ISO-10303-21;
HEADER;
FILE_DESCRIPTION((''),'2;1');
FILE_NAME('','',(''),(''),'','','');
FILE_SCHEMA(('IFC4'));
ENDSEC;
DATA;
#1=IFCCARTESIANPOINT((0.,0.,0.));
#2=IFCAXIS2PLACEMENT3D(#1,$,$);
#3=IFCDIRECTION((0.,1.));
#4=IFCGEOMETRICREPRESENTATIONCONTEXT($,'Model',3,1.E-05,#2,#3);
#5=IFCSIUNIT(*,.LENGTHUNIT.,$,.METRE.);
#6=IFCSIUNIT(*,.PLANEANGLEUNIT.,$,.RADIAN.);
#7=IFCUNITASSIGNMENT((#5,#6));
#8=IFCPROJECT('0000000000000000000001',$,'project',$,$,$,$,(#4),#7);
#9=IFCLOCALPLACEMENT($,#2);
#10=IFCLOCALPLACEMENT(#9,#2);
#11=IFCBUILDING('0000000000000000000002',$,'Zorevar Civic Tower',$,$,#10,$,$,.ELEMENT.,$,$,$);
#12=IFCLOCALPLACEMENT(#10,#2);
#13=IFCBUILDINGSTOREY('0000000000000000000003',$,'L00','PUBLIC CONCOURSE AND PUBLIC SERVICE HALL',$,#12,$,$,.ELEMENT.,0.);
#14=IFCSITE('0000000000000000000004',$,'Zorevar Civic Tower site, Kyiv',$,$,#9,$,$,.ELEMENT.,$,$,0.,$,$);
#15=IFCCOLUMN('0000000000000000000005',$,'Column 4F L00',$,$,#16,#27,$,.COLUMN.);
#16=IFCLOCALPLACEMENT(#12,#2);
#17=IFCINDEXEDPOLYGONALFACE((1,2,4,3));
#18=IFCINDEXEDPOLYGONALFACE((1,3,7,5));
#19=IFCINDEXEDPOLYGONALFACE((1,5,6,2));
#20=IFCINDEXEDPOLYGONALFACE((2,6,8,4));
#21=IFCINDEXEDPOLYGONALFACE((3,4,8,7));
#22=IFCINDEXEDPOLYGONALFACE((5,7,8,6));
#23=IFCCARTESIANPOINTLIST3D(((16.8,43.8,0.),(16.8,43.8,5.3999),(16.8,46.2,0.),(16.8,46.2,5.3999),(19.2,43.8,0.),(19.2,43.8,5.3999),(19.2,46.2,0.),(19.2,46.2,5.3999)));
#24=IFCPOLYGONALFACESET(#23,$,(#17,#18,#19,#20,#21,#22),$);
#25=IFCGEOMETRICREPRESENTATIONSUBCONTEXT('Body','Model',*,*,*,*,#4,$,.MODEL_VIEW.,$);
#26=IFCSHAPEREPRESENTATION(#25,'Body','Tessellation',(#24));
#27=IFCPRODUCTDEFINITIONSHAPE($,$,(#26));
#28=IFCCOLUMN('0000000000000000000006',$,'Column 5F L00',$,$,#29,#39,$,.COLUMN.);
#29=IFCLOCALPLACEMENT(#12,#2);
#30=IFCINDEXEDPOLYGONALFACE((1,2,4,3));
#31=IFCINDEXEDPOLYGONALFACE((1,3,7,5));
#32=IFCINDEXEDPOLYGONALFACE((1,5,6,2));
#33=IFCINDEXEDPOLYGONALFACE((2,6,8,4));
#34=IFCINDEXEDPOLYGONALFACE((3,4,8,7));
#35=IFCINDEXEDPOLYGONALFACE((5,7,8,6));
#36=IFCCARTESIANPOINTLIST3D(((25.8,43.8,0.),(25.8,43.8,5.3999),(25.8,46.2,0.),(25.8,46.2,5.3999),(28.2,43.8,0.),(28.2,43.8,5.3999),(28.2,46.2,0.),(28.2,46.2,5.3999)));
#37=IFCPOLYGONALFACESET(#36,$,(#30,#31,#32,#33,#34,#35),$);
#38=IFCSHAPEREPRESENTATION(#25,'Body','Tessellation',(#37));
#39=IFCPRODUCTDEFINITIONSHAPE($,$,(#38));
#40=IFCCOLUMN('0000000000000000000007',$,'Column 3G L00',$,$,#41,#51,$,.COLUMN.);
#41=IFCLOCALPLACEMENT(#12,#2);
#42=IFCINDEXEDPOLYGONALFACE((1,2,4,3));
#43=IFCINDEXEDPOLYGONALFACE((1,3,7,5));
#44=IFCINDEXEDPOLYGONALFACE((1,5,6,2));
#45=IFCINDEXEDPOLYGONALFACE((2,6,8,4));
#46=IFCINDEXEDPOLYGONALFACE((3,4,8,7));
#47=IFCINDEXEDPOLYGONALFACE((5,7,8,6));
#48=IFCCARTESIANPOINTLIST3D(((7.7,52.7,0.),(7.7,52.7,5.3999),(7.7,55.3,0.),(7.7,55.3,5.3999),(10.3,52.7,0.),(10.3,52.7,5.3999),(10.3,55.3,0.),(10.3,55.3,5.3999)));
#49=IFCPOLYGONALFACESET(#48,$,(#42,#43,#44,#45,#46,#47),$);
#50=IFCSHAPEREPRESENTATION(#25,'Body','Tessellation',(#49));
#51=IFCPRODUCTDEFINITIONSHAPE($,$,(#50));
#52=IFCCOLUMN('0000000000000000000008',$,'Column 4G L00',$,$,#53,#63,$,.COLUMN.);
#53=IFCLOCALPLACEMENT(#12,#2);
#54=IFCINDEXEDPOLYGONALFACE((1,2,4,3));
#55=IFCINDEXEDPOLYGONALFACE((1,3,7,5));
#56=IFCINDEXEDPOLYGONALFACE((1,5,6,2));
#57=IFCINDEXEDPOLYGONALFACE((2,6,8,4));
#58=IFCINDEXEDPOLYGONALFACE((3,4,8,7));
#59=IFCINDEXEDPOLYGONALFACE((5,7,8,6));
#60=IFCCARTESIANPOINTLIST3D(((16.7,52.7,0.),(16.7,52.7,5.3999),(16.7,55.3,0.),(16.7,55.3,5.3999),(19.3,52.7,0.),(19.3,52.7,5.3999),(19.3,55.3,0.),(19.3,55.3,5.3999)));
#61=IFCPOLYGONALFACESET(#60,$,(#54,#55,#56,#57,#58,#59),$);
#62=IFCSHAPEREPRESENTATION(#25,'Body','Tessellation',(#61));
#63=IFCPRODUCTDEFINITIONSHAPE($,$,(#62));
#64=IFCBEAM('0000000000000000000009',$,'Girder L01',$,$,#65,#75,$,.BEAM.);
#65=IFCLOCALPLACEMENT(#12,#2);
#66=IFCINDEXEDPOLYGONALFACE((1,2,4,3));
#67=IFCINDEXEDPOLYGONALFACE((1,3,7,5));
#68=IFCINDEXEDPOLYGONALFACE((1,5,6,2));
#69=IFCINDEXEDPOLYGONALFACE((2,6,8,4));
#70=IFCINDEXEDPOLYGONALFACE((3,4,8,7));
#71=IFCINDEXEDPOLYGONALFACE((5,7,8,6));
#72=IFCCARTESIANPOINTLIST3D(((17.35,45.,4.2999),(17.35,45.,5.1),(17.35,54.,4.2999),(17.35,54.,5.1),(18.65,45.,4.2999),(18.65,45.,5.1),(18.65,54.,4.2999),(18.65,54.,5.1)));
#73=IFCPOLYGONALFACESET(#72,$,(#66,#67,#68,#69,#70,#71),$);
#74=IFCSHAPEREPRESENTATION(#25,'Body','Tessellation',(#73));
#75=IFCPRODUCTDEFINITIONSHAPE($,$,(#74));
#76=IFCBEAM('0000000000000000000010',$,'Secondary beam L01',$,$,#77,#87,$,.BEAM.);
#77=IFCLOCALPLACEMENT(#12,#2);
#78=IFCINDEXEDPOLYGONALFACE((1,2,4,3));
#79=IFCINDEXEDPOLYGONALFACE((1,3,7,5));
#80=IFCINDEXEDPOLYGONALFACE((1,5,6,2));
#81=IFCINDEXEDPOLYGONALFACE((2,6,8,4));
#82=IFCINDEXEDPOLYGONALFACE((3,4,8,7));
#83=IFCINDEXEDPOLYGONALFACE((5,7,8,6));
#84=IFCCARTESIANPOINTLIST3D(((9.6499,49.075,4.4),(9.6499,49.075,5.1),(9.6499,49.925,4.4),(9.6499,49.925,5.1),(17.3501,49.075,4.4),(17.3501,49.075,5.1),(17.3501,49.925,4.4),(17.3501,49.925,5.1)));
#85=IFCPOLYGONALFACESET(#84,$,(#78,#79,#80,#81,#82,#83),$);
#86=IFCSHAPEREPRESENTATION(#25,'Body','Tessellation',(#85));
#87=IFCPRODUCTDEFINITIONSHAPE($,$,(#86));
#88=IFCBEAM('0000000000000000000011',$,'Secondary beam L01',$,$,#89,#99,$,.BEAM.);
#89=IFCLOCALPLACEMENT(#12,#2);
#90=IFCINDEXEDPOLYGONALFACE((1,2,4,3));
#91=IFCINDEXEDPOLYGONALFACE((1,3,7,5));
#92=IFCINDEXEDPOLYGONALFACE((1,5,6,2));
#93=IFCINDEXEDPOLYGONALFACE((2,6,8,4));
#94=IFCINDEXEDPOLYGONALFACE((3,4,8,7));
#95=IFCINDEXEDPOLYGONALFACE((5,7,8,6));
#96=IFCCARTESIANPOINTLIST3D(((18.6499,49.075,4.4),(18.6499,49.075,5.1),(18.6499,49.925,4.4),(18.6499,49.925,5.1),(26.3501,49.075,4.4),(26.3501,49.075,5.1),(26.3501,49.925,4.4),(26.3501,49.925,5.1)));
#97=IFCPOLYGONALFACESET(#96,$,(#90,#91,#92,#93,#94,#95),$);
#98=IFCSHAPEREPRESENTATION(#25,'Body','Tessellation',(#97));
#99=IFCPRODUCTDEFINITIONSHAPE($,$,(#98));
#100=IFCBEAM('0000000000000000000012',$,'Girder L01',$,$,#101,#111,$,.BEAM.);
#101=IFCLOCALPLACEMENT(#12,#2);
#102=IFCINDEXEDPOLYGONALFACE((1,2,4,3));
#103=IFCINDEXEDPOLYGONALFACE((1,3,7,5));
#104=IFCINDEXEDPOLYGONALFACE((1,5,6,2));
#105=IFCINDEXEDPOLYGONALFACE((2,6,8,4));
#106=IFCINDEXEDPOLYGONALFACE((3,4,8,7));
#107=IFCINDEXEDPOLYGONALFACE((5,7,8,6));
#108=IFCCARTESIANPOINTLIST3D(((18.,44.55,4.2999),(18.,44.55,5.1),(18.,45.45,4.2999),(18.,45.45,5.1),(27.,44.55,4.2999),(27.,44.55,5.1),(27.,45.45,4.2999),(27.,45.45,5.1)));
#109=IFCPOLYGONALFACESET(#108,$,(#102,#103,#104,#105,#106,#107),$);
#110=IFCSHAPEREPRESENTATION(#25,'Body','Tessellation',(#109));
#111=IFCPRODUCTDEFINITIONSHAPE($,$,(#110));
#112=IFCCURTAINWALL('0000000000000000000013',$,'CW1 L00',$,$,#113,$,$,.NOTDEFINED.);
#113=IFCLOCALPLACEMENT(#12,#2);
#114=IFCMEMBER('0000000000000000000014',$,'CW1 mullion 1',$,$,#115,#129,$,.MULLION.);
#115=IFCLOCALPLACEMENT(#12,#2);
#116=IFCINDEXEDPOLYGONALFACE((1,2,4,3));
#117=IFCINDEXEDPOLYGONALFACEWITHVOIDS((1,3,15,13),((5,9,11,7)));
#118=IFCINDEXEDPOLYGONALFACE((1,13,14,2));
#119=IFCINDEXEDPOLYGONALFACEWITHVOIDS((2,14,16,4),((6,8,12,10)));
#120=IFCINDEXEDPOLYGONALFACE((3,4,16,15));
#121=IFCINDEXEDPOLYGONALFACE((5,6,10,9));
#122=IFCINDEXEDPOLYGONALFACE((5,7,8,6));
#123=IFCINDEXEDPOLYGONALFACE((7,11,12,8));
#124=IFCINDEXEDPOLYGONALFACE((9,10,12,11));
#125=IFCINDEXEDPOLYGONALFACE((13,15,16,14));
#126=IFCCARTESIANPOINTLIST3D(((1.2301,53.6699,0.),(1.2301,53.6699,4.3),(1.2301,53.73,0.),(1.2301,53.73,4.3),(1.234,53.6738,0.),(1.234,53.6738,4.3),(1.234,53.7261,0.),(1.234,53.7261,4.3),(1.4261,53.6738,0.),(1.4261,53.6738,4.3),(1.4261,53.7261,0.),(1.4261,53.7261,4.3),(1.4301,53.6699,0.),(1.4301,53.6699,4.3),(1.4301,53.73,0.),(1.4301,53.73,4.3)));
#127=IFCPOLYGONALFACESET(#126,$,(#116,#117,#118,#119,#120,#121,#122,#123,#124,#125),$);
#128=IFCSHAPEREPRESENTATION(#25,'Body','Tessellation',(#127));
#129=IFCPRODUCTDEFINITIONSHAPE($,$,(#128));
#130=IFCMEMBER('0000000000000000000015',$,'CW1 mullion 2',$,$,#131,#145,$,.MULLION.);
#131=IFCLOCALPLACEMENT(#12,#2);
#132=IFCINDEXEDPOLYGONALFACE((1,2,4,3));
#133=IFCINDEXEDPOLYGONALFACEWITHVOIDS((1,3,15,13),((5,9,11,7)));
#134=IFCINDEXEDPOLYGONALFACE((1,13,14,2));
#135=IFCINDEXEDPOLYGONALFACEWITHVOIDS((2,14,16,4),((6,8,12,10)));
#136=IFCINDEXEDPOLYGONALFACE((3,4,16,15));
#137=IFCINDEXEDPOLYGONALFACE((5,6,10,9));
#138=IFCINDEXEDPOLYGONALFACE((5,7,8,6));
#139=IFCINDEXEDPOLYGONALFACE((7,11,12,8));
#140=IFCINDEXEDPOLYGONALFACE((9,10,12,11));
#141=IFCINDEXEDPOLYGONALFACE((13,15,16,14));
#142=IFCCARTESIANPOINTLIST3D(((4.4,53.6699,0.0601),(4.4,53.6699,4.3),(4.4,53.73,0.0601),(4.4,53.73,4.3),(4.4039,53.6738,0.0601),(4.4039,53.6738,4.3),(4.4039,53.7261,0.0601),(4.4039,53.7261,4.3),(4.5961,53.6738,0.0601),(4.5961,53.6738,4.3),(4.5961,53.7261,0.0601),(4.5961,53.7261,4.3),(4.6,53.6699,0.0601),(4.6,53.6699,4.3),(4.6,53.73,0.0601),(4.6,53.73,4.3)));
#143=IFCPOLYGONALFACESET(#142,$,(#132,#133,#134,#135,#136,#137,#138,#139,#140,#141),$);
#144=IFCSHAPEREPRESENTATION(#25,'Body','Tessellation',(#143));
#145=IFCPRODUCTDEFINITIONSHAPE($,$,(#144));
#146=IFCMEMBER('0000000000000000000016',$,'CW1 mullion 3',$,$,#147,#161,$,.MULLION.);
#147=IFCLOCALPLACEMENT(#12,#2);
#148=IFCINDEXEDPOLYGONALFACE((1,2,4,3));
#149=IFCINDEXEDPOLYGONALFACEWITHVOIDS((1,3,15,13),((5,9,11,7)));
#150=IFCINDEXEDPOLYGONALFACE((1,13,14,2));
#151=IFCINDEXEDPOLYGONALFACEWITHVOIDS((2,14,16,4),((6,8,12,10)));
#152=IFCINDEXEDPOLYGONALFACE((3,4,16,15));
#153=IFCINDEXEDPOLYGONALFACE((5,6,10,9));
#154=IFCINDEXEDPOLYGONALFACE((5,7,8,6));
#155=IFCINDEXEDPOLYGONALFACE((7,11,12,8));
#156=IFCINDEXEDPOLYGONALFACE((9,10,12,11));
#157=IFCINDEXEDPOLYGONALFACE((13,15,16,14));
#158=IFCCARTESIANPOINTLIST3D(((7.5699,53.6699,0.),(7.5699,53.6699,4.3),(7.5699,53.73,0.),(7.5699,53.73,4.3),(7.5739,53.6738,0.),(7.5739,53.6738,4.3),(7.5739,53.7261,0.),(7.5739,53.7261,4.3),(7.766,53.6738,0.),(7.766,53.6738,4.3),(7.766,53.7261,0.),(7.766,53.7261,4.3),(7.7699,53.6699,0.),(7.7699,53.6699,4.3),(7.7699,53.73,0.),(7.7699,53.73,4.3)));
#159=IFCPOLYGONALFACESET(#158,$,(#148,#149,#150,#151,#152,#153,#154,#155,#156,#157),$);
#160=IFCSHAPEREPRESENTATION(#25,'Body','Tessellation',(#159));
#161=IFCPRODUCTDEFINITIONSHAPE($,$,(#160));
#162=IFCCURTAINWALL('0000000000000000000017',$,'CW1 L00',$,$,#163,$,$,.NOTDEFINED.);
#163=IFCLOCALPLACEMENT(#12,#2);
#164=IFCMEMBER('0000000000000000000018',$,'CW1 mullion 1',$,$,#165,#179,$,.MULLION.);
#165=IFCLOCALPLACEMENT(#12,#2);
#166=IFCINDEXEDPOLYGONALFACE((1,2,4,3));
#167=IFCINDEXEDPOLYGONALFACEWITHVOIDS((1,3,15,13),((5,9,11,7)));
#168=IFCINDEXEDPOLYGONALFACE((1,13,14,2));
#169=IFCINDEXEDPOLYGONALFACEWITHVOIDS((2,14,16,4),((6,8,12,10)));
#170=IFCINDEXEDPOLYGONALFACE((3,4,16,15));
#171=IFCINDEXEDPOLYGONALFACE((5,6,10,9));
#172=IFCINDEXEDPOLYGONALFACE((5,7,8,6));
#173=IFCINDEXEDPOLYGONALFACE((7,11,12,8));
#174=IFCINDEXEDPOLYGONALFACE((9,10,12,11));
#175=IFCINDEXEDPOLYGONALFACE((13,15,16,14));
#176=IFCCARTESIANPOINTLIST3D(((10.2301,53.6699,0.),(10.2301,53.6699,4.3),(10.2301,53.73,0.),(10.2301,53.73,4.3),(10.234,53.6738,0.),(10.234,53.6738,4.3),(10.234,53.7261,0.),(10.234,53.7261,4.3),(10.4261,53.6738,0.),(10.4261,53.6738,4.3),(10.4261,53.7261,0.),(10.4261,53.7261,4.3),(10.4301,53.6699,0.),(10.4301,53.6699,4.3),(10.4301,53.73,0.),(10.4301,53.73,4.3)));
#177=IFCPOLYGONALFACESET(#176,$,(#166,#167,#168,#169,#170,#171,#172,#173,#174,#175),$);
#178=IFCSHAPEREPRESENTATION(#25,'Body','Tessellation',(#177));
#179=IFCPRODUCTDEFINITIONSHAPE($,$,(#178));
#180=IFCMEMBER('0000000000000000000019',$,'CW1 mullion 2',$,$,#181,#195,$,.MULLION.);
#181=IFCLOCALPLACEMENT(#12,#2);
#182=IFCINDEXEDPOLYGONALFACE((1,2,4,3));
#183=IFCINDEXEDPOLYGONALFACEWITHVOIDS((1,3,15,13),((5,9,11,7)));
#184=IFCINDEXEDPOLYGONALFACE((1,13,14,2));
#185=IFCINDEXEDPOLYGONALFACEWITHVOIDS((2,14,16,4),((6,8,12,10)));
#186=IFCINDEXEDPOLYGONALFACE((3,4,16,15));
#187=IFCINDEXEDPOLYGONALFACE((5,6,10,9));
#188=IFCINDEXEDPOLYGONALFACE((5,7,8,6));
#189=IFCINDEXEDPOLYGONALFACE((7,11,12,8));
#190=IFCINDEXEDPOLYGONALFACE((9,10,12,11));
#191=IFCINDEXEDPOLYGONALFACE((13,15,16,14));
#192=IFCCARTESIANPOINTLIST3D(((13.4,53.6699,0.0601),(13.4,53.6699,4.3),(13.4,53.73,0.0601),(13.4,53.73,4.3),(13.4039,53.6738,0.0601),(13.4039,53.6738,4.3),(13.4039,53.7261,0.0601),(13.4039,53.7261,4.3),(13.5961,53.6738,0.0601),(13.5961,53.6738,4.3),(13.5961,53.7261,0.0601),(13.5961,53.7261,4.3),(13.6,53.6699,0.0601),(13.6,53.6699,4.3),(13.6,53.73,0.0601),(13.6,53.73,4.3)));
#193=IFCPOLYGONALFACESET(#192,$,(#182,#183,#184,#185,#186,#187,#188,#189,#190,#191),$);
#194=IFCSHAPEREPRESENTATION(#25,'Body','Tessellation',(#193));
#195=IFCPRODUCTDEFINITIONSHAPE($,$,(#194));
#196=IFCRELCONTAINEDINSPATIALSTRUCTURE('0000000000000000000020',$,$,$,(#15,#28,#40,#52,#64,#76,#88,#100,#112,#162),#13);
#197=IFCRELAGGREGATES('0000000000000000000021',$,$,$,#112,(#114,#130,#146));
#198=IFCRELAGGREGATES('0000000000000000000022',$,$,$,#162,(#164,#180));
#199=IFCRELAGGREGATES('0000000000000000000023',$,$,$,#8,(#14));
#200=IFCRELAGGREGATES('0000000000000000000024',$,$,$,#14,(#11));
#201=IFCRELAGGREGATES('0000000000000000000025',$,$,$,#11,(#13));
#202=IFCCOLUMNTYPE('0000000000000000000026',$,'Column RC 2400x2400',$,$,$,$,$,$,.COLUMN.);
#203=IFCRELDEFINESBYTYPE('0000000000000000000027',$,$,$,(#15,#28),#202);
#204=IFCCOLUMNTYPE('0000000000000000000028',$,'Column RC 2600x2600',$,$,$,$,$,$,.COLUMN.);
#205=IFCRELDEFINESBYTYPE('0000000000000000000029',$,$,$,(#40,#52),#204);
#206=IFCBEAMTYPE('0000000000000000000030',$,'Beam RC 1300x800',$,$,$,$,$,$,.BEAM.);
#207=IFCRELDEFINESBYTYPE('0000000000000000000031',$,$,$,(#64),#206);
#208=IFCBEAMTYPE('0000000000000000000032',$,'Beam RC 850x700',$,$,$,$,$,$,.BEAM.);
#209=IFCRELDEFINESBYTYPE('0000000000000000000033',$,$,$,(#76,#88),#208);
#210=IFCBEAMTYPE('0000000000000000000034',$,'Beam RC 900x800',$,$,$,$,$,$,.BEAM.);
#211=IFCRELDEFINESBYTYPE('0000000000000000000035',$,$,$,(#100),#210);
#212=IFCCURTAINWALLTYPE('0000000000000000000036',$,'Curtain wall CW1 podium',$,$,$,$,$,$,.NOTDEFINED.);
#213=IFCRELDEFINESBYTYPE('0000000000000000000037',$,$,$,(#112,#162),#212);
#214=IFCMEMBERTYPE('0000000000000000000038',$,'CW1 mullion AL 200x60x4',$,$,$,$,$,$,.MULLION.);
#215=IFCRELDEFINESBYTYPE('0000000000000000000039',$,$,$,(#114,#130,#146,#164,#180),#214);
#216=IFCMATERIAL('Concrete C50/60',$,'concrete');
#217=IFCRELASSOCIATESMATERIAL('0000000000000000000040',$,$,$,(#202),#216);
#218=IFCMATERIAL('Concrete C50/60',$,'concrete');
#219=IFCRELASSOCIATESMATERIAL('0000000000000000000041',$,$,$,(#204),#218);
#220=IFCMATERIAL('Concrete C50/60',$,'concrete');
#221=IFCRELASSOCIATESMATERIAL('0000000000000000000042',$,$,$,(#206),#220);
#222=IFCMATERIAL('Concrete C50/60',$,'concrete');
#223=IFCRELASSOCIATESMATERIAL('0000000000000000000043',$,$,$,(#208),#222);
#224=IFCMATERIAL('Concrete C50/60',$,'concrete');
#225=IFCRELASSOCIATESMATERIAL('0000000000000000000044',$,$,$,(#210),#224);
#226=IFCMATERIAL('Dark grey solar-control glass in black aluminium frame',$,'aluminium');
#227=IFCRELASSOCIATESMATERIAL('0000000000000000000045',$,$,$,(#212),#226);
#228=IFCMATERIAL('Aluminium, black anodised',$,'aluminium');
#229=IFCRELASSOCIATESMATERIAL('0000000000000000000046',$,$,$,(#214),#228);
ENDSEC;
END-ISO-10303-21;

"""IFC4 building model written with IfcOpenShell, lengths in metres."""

from ifc_helpers import new_model, si_unit, direction, frame, origin, origin_2d, place, context, subcontext, project, spatial, rectangle, hollow_rectangle, extrude, material, material_profile, profile_set, type_object, element, aggregate, save


model = new_model("IFC4")

# Units and contexts
model_context = context("Model", 3, precision=1e-05, world=origin(), true_north=direction((0.0, 1.0)))
body_context = subcontext(model_context, "Body", "Model", "MODEL_VIEW")
ifc_project = project(units=[si_unit("LENGTHUNIT", "METRE"), si_unit("PLANEANGLEUNIT", "RADIAN")], contexts=[model_context])

# Site, building, storey
site_placement = place(None, origin())
site = spatial("IfcSite", under=ifc_project, at=site_placement, Name="Zorevar Civic Tower site, Kyiv", CompositionType="ELEMENT", RefElevation=0.0)
building_placement = place(site_placement, origin())
building = spatial("IfcBuilding", under=site, at=building_placement, Name="Zorevar Civic Tower", CompositionType="ELEMENT")
storey_placement = place(building_placement, origin())
storey = spatial("IfcBuildingStorey", under=building, at=storey_placement, Name="L00", Description="PUBLIC CONCOURSE AND PUBLIC SERVICE HALL", CompositionType="ELEMENT", Elevation=0.0)

# Columns
ifc_material_1 = material(Name="Concrete C50/60", Category="concrete")
ifc_material_profile_1 = material_profile(ifc_material_1, rectangle(XDim=2.3999, YDim=2.3999, at=origin_2d()), Name="RC 2400x2400")
ifc_profile_set_1 = profile_set([ifc_material_profile_1], Name="Concrete C50/60")
column_type_1 = type_object("IfcColumnType", Name="Column RC 2400x2400", PredefinedType="COLUMN", material=ifc_profile_set_1)
for number, where, z_axis, x_axis, name in (
    (1, (18.0, 45.0, 0.0), (0.0, 0.0, 1.0), (1.0, 0.0, 0.0), "Column 4F L00"),
    (2, (27.0, 45.0, 0.0), (0.0, 0.0, 1.0), (1.0, 0.0, 0.0), "Column 5F L00"),
):
    element("IfcColumn", number, at=place(storey_placement, frame(where, z_axis=z_axis, x_axis=x_axis)), inside=storey, type_object=column_type_1, Name=name, PredefinedType="COLUMN", context=body_context, shape_type="SweptSolid", body=[
        extrude(rectangle(XDim=2.3999, YDim=2.3999, at=origin_2d()), origin(), (0.0, 0.0, 1.0), 5.3999),
    ])
ifc_material_2 = material(Name="Concrete C50/60", Category="concrete")
ifc_material_profile_2 = material_profile(ifc_material_2, rectangle(XDim=2.6001, YDim=2.6001, at=origin_2d()), Name="RC 2600x2600")
ifc_profile_set_2 = profile_set([ifc_material_profile_2], Name="Concrete C50/60")
column_type_2 = type_object("IfcColumnType", Name="Column RC 2600x2600", PredefinedType="COLUMN", material=ifc_profile_set_2)
for number, where, z_axis, x_axis, name in (
    (3, (9.0, 54.0, 0.0), (0.0, 0.0, 1.0), (1.0, 0.0, 0.0), "Column 3G L00"),
    (4, (18.0, 54.0, 0.0), (0.0, 0.0, 1.0), (1.0, 0.0, 0.0), "Column 4G L00"),
):
    element("IfcColumn", number, at=place(storey_placement, frame(where, z_axis=z_axis, x_axis=x_axis)), inside=storey, type_object=column_type_2, Name=name, PredefinedType="COLUMN", context=body_context, shape_type="SweptSolid", body=[
        extrude(rectangle(XDim=2.6001, YDim=2.6001, at=origin_2d()), origin(), (0.0, 0.0, 1.0), 5.3999),
    ])

# Beams
ifc_material_3 = material(Name="Concrete C50/60", Category="concrete")
ifc_material_profile_3 = material_profile(ifc_material_3, rectangle(XDim=1.3, YDim=0.8, at=origin_2d()), Name="RC 1300x800")
ifc_profile_set_3 = profile_set([ifc_material_profile_3], Name="Concrete C50/60")
beam_type_1 = type_object("IfcBeamType", Name="Beam RC 1300x800", PredefinedType="BEAM", material=ifc_profile_set_3)
beam_1_placement = place(storey_placement, frame((18.0, 45.0, 4.7), z_axis=(0.0, 1.0, 0.0), x_axis=(-1.0, 0.0, 0.0)))
element("IfcBeam", 5, at=beam_1_placement, inside=storey, type_object=beam_type_1, Name="Girder L01", PredefinedType="BEAM", context=body_context, shape_type="SweptSolid", body=[
    extrude(rectangle(XDim=1.3, YDim=0.8, at=origin_2d()), origin(), (0.0, 0.0, 1.0), 9.0),
])
ifc_material_4 = material(Name="Concrete C50/60", Category="concrete")
ifc_material_profile_4 = material_profile(ifc_material_4, rectangle(XDim=0.8501, YDim=0.7, at=origin_2d()), Name="RC 850x700")
ifc_profile_set_4 = profile_set([ifc_material_profile_4], Name="Concrete C50/60")
beam_type_2 = type_object("IfcBeamType", Name="Beam RC 850x700", PredefinedType="BEAM", material=ifc_profile_set_4)
for number, where, z_axis, x_axis, name in (
    (6, (9.6499, 49.5, 4.75), (1.0, 0.0, 0.0), (0.0, 1.0, 0.0), "Secondary beam L01"),
    (7, (18.6499, 49.5, 4.75), (1.0, 0.0, 0.0), (0.0, 1.0, 0.0), "Secondary beam L01"),
):
    element("IfcBeam", number, at=place(storey_placement, frame(where, z_axis=z_axis, x_axis=x_axis)), inside=storey, type_object=beam_type_2, Name=name, PredefinedType="BEAM", context=body_context, shape_type="SweptSolid", body=[
        extrude(rectangle(XDim=0.8501, YDim=0.7, at=origin_2d()), origin(), (0.0, 0.0, 1.0), 7.7002),
    ])
ifc_material_5 = material(Name="Concrete C50/60", Category="concrete")
ifc_material_profile_5 = material_profile(ifc_material_5, rectangle(XDim=0.8999, YDim=0.8, at=origin_2d()), Name="RC 900x800")
ifc_profile_set_5 = profile_set([ifc_material_profile_5], Name="Concrete C50/60")
beam_type_3 = type_object("IfcBeamType", Name="Beam RC 900x800", PredefinedType="BEAM", material=ifc_profile_set_5)
beam_2_placement = place(storey_placement, frame((18.0, 45.0, 4.7), z_axis=(1.0, 0.0, 0.0), x_axis=(0.0, 1.0, 0.0)))
element("IfcBeam", 8, at=beam_2_placement, inside=storey, type_object=beam_type_3, Name="Girder L01", PredefinedType="BEAM", context=body_context, shape_type="SweptSolid", body=[
    extrude(rectangle(XDim=0.8999, YDim=0.8, at=origin_2d()), origin(), (0.0, 0.0, 1.0), 9.0),
])

# Curtain walls, members
ifc_material_6 = material(Name="Dark grey solar-control glass in black aluminium frame", Category="aluminium")
curtain_wall_type = type_object("IfcCurtainWallType", Name="Curtain wall CW1 podium", PredefinedType="NOTDEFINED", material=ifc_material_6)
curtain_wall_1_placement = place(storey_placement, origin())
curtain_wall_1 = element("IfcCurtainWall", 9, at=curtain_wall_1_placement, inside=storey, type_object=curtain_wall_type, Name="CW1 L00", PredefinedType="NOTDEFINED")
ifc_material_7 = material(Name="Aluminium, black anodised", Category="aluminium")
ifc_material_profile_6 = material_profile(ifc_material_7, hollow_rectangle(XDim=0.0601, YDim=0.2, WallThickness=0.0039, at=origin_2d()), Name="AL 200x60x4")
ifc_profile_set_6 = profile_set([ifc_material_profile_6], Name="Aluminium, black anodised")
member_type_1 = type_object("IfcMemberType", Name="CW1 mullion AL 200x60x4", PredefinedType="MULLION", material=ifc_profile_set_6)
member_1_placement = place(storey_placement, frame((1.3301, 53.7, 0.0), z_axis=(0.0, 0.0, 1.0), x_axis=(0.0, 1.0, 0.0)))
member_1 = element("IfcMember", 10, at=member_1_placement, type_object=member_type_1, Name="CW1 mullion 1", PredefinedType="MULLION", context=body_context, shape_type="SweptSolid", body=[
    extrude(hollow_rectangle(XDim=0.0601, YDim=0.2, WallThickness=0.0039, at=origin_2d()), origin(), (0.0, 0.0, 1.0), 4.3),
])
member_2_placement = place(storey_placement, frame((4.5, 53.7, 0.0601), z_axis=(0.0, 0.0, 1.0), x_axis=(0.0, 1.0, 0.0)))
member_2 = element("IfcMember", 11, at=member_2_placement, type_object=member_type_1, Name="CW1 mullion 2", PredefinedType="MULLION", context=body_context, shape_type="SweptSolid", body=[
    extrude(hollow_rectangle(XDim=0.0601, YDim=0.2, WallThickness=0.0039, at=origin_2d()), origin(), (0.0, 0.0, 1.0), 4.24),
])
member_3_placement = place(storey_placement, frame((7.6699, 53.7, 0.0), z_axis=(0.0, 0.0, 1.0), x_axis=(0.0, 1.0, 0.0)))
member_3 = element("IfcMember", 12, at=member_3_placement, type_object=member_type_1, Name="CW1 mullion 3", PredefinedType="MULLION", context=body_context, shape_type="SweptSolid", body=[
    extrude(hollow_rectangle(XDim=0.0601, YDim=0.2, WallThickness=0.0039, at=origin_2d()), origin(), (0.0, 0.0, 1.0), 4.3),
])
curtain_wall_2_placement = place(storey_placement, origin())
curtain_wall_2 = element("IfcCurtainWall", 13, at=curtain_wall_2_placement, inside=storey, type_object=curtain_wall_type, Name="CW1 L00", PredefinedType="NOTDEFINED")
member_4_placement = place(storey_placement, frame((10.3301, 53.7, 0.0), z_axis=(0.0, 0.0, 1.0), x_axis=(0.0, 1.0, 0.0)))
member_4 = element("IfcMember", 14, at=member_4_placement, type_object=member_type_1, Name="CW1 mullion 1", PredefinedType="MULLION", context=body_context, shape_type="SweptSolid", body=[
    extrude(hollow_rectangle(XDim=0.0601, YDim=0.2, WallThickness=0.0039, at=origin_2d()), origin(), (0.0, 0.0, 1.0), 4.3),
])
member_5_placement = place(storey_placement, frame((13.5, 53.7, 0.0601), z_axis=(0.0, 0.0, 1.0), x_axis=(0.0, 1.0, 0.0)))
member_5 = element("IfcMember", 15, at=member_5_placement, type_object=member_type_1, Name="CW1 mullion 2", PredefinedType="MULLION", context=body_context, shape_type="SweptSolid", body=[
    extrude(hollow_rectangle(XDim=0.0601, YDim=0.2, WallThickness=0.0039, at=origin_2d()), origin(), (0.0, 0.0, 1.0), 4.24),
])

aggregate(curtain_wall_1, [member_1, member_2, member_3])
aggregate(curtain_wall_2, [member_4, member_5])

save(model, "model.ifc")
